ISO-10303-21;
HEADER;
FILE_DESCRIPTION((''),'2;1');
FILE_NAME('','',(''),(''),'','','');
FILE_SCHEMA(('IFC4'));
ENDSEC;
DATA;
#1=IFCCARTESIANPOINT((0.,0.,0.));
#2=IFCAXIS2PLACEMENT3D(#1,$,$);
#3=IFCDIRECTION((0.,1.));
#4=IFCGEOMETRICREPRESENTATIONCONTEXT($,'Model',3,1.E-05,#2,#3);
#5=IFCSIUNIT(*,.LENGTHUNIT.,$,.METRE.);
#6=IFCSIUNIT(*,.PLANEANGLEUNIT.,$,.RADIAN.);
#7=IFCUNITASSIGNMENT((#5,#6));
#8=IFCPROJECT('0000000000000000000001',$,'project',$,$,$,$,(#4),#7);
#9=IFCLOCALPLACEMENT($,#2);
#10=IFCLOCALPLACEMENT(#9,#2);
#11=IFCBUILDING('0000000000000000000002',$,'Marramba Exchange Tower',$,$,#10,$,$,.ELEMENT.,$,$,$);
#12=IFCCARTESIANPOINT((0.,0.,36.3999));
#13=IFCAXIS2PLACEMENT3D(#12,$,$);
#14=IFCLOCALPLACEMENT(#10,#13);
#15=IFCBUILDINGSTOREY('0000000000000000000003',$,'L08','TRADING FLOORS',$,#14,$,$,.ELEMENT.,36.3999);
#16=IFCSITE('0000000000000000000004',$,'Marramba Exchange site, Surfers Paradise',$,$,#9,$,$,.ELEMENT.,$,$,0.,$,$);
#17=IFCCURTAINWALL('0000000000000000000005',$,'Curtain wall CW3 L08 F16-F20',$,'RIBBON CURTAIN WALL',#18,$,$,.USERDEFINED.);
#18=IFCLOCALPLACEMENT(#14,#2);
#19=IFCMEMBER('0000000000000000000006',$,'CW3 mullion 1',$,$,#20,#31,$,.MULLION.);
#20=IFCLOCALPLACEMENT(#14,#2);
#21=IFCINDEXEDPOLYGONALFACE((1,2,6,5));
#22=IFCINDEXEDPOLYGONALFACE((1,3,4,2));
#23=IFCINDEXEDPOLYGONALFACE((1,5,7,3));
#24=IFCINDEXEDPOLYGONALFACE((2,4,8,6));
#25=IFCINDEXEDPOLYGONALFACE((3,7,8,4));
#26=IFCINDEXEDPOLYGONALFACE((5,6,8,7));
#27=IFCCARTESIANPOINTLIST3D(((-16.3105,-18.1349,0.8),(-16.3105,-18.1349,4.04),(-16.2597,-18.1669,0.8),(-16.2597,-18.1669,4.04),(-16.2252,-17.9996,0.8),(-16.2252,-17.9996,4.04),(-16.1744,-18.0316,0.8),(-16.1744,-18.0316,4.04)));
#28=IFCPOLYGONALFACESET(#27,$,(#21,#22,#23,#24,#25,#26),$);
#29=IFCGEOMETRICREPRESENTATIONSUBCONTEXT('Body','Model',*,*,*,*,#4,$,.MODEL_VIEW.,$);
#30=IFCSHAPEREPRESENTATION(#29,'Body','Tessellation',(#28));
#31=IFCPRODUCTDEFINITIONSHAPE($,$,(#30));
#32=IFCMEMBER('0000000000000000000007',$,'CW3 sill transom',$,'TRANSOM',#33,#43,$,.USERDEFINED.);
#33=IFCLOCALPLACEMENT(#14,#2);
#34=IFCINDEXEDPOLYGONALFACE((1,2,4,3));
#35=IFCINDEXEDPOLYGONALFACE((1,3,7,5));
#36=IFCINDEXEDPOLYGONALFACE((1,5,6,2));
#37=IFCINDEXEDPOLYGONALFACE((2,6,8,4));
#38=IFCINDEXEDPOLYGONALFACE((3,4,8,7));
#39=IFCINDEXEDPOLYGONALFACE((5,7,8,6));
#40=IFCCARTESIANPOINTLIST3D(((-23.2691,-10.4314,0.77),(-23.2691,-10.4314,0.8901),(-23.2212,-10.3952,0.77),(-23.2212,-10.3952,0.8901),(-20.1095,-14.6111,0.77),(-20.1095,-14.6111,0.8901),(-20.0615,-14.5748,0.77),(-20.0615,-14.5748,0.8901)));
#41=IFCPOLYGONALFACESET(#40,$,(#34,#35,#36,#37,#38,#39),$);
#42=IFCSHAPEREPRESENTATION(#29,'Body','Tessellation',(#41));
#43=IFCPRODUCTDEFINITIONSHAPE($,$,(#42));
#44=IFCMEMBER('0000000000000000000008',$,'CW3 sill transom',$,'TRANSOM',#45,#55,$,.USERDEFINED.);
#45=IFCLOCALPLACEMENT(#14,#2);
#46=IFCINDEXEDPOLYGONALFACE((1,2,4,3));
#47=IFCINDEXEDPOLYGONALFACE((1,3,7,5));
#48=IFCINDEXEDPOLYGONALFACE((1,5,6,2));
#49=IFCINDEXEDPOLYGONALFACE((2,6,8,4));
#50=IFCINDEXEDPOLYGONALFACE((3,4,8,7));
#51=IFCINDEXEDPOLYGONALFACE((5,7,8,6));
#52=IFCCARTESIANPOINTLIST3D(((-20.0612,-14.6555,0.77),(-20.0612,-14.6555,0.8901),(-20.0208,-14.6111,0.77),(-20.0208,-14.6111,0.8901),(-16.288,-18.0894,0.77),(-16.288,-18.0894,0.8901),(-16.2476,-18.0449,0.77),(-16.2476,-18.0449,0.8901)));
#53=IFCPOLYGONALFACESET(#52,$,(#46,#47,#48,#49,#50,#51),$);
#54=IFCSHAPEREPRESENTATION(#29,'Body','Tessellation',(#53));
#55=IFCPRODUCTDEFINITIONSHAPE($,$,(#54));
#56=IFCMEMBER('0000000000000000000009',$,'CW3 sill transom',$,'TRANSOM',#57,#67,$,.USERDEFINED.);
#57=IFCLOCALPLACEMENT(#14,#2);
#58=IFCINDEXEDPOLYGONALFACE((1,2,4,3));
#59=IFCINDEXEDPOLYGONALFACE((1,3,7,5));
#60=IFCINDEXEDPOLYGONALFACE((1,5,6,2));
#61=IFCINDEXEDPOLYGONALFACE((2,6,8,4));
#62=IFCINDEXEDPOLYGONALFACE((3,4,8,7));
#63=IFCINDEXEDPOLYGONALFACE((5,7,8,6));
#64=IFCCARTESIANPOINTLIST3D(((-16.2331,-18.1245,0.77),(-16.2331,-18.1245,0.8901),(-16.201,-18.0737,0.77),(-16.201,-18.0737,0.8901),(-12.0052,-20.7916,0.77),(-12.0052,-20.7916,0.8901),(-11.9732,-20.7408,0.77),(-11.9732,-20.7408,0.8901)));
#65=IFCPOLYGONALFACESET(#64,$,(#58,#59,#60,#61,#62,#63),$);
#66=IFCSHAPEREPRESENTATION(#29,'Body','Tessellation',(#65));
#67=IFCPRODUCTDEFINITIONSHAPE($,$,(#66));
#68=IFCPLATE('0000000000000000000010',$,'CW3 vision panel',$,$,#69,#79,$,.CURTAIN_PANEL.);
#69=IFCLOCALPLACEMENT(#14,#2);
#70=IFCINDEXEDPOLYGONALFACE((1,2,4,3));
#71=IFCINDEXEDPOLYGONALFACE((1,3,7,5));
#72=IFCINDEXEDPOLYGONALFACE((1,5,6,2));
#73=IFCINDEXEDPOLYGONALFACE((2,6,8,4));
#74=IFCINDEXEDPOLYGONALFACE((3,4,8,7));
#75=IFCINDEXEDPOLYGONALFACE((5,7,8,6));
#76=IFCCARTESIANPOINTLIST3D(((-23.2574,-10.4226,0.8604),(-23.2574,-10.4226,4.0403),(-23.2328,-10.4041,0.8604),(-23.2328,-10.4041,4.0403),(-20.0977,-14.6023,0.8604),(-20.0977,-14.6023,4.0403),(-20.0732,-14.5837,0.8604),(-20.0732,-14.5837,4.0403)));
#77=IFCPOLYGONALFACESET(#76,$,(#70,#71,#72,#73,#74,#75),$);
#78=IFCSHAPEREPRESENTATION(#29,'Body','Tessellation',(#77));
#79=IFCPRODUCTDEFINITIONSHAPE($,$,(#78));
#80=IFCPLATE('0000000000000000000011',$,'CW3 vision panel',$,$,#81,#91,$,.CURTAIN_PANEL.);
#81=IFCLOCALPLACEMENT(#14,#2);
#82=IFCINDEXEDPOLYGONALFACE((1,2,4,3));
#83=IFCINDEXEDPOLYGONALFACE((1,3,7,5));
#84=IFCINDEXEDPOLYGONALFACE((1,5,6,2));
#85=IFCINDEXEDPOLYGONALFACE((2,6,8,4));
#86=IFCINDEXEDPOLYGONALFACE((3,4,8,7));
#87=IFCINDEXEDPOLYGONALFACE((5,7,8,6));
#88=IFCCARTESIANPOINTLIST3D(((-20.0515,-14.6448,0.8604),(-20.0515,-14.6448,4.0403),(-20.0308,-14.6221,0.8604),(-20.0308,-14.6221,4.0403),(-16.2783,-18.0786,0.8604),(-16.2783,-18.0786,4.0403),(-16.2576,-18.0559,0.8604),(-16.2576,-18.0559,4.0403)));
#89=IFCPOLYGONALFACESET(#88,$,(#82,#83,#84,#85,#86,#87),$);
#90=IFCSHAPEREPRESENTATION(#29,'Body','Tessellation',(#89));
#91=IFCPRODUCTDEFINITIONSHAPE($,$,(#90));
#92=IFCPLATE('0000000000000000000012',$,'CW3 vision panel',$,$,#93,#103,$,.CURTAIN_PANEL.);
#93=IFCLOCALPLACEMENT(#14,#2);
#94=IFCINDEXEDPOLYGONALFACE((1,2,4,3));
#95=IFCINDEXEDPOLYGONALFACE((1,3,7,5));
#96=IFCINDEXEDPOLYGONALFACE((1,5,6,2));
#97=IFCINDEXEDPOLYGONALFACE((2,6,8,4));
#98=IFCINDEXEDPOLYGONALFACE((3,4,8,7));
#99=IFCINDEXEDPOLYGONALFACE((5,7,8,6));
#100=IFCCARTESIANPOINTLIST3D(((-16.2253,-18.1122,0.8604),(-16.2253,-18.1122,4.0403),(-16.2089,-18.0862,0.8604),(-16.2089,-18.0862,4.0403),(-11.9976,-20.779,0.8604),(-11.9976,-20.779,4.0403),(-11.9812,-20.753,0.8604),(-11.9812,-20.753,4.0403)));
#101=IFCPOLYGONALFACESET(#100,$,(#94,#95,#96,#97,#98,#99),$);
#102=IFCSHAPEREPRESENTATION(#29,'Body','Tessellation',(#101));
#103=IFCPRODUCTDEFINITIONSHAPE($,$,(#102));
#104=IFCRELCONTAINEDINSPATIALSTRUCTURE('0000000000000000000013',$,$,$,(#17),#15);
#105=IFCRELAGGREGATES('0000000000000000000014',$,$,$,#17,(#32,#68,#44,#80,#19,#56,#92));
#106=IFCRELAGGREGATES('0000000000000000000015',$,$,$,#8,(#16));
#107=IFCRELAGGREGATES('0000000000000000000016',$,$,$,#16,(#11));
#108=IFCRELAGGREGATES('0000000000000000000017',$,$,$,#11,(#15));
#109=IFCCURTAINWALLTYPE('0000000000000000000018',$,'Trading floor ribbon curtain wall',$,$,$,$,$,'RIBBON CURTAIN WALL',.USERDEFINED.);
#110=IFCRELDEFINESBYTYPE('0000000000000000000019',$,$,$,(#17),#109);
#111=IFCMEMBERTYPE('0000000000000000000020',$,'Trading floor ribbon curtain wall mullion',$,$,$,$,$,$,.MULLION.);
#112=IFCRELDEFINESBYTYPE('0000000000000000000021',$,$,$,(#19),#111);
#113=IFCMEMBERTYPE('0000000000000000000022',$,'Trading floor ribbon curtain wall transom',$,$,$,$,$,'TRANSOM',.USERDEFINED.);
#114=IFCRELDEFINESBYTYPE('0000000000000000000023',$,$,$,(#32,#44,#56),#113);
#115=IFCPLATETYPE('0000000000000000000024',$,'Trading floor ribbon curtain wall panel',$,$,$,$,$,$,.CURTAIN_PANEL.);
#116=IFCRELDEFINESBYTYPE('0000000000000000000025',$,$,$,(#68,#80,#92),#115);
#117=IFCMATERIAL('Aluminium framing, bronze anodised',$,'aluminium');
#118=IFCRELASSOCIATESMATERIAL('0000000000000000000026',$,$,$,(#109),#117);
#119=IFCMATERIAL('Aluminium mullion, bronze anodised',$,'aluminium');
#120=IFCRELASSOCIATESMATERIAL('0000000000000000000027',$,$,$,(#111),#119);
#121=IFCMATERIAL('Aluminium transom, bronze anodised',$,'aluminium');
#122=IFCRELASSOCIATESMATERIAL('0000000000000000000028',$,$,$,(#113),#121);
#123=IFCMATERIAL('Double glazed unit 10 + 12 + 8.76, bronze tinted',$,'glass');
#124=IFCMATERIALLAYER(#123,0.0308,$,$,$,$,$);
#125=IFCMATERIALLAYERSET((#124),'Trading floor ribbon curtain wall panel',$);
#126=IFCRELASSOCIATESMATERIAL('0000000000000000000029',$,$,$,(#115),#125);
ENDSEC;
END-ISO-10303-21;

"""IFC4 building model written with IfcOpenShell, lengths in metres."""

from ifc_helpers import new_model, si_unit, direction, frame, origin, origin_2d, place, context, subcontext, project, spatial, rectangle, extrude, material, layer, layer_set, material_profile, profile_set, type_object, element, aggregate, save


model = new_model("IFC4")

# Units and contexts
model_context = context("Model", 3, precision=1e-05, world=origin(), true_north=direction((0.0, 1.0)))
body_context = subcontext(model_context, "Body", "Model", "MODEL_VIEW")
ifc_project = project(units=[si_unit("LENGTHUNIT", "METRE"), si_unit("PLANEANGLEUNIT", "RADIAN")], contexts=[model_context])

# Site, building, storey
site_placement = place(None, origin())
site = spatial("IfcSite", under=ifc_project, at=site_placement, Name="Marramba Exchange site, Surfers Paradise", CompositionType="ELEMENT", RefElevation=0.0)
building_placement = place(site_placement, origin())
building = spatial("IfcBuilding", under=site, at=building_placement, Name="Marramba Exchange Tower", CompositionType="ELEMENT")
storey_placement = place(building_placement, frame((0.0, 0.0, 36.3999)))
storey = spatial("IfcBuildingStorey", under=building, at=storey_placement, Name="L08", Description="TRADING FLOORS", CompositionType="ELEMENT", Elevation=36.3999)

# Curtain wall, members, plates
ifc_material_1 = material(Name="Aluminium framing, bronze anodised", Category="aluminium")
curtain_wall_type = type_object("IfcCurtainWallType", Name="Trading floor ribbon curtain wall", ElementType="RIBBON CURTAIN WALL", PredefinedType="USERDEFINED", material=ifc_material_1)
curtain_wall_placement = place(storey_placement, origin())
curtain_wall = element("IfcCurtainWall", 1, at=curtain_wall_placement, inside=storey, type_object=curtain_wall_type, Name="Curtain wall CW3 L08 F16-F20", ObjectType="RIBBON CURTAIN WALL", PredefinedType="USERDEFINED")
ifc_material_2 = material(Name="Aluminium mullion, bronze anodised", Category="aluminium")
ifc_material_profile_1 = material_profile(ifc_material_2, rectangle(XDim=0.1599, YDim=0.0601, at=origin_2d()), Name="CW3 mullion 60x160")
ifc_profile_set_1 = profile_set([ifc_material_profile_1], Name="Aluminium mullion, bronze anodised")
member_type_1 = type_object("IfcMemberType", Name="Trading floor ribbon curtain wall mullion", PredefinedType="MULLION", material=ifc_profile_set_1)
member_1_placement = place(storey_placement, frame((-16.2424, -18.0833, 0.8), z_axis=(0.0, 0.0, 1.0), x_axis=(0.533515, 0.845791, 0.0)))
member_1 = element("IfcMember", 2, at=member_1_placement, type_object=member_type_1, Name="CW3 mullion 1", PredefinedType="MULLION", context=body_context, shape_type="SweptSolid", body=[
    extrude(rectangle(XDim=0.1599, YDim=0.0601, at=origin_2d()), origin(), (0.0, 0.0, 1.0), 3.24),
])
ifc_material_3 = material(Name="Aluminium transom, bronze anodised", Category="aluminium")
ifc_material_profile_2 = material_profile(ifc_material_3, rectangle(XDim=0.0601, YDim=0.1201, at=origin_2d()), Name="CW3 transom 60x120")
ifc_profile_set_2 = profile_set([ifc_material_profile_2], Name="Aluminium transom, bronze anodised")
member_type_2 = type_object("IfcMemberType", Name="Trading floor ribbon curtain wall transom", ElementType="TRANSOM", PredefinedType="USERDEFINED", material=ifc_profile_set_2)
member_2_placement = place(storey_placement, frame((-23.2451, -10.4133, 0.8301), z_axis=(0.603037, -0.797713, 0.0), x_axis=(0.797713, 0.603037, 0.0)))
member_2 = element("IfcMember", 3, at=member_2_placement, type_object=member_type_2, Name="CW3 sill transom", ObjectType="TRANSOM", PredefinedType="USERDEFINED", context=body_context, shape_type="SweptSolid", body=[
    extrude(rectangle(XDim=0.0601, YDim=0.1201, at=origin_2d()), origin(), (0.0, 0.0, 1.0), 5.2395),
])
member_3_placement = place(storey_placement, frame((-20.041, -14.6333, 0.8301), z_axis=(0.739583, -0.673066, 0.0), x_axis=(0.673066, 0.739583, 0.0)))
member_3 = element("IfcMember", 4, at=member_3_placement, type_object=member_type_2, Name="CW3 sill transom", ObjectType="TRANSOM", PredefinedType="USERDEFINED", context=body_context, shape_type="SweptSolid", body=[
    extrude(rectangle(XDim=0.0601, YDim=0.1201, at=origin_2d()), origin(), (0.0, 0.0, 1.0), 5.1018),
])
member_4_placement = place(storey_placement, frame((-16.217, -18.0991, 0.8301), z_axis=(0.845777, -0.533537, 0.0), x_axis=(0.533537, 0.845777, 0.0)))
member_4 = element("IfcMember", 5, at=member_4_placement, type_object=member_type_2, Name="CW3 sill transom", ObjectType="TRANSOM", PredefinedType="USERDEFINED", context=body_context, shape_type="SweptSolid", body=[
    extrude(rectangle(XDim=0.0601, YDim=0.1201, at=origin_2d()), origin(), (0.0, 0.0, 1.0), 4.9988),
])
ifc_material_4 = material(Name="Double glazed unit 10 + 12 + 8.76, bronze tinted", Category="glass")
ifc_layer_1 = layer(ifc_material_4, 0.0308)
ifc_layer_set_1 = layer_set([ifc_layer_1], Name="Trading floor ribbon curtain wall panel")
plate_type = type_object("IfcPlateType", Name="Trading floor ribbon curtain wall panel", PredefinedType="CURTAIN_PANEL", material=ifc_layer_set_1)
plate_1_placement = place(storey_placement, frame((-21.6653, -12.5032, 0.8604), z_axis=(0.0, 0.0, 1.0), x_axis=(0.60304, -0.797711, 0.0)))
plate_1 = element("IfcPlate", 6, at=plate_1_placement, type_object=plate_type, Name="CW3 vision panel", PredefinedType="CURTAIN_PANEL", context=body_context, shape_type="SweptSolid", body=[
    extrude(rectangle(XDim=5.2395, YDim=0.0308, at=origin_2d()), origin(), (0.0, 0.0, 1.0), 3.1799),
])
plate_2_placement = place(storey_placement, frame((-18.1545, -16.3503, 0.8604), z_axis=(0.0, 0.0, 1.0), x_axis=(0.73959, -0.673058, 0.0)))
plate_2 = element("IfcPlate", 7, at=plate_2_placement, type_object=plate_type, Name="CW3 vision panel", PredefinedType="CURTAIN_PANEL", context=body_context, shape_type="SweptSolid", body=[
    extrude(rectangle(XDim=5.1018, YDim=0.0308, at=origin_2d()), origin(), (0.0, 0.0, 1.0), 3.1799),
])
plate_3_placement = place(storey_placement, frame((-14.1033, -19.4326, 0.8604), z_axis=(0.0, 0.0, 1.0), x_axis=(0.845791, -0.533515, 0.0)))
plate_3 = element("IfcPlate", 8, at=plate_3_placement, type_object=plate_type, Name="CW3 vision panel", PredefinedType="CURTAIN_PANEL", context=body_context, shape_type="SweptSolid", body=[
    extrude(rectangle(XDim=4.9985, YDim=0.0308, at=origin_2d()), origin(), (0.0, 0.0, 1.0), 3.1799),
])
aggregate(curtain_wall, [member_2, plate_1, member_3, plate_2, member_1, member_4, plate_3])

save(model, "model.ifc")
